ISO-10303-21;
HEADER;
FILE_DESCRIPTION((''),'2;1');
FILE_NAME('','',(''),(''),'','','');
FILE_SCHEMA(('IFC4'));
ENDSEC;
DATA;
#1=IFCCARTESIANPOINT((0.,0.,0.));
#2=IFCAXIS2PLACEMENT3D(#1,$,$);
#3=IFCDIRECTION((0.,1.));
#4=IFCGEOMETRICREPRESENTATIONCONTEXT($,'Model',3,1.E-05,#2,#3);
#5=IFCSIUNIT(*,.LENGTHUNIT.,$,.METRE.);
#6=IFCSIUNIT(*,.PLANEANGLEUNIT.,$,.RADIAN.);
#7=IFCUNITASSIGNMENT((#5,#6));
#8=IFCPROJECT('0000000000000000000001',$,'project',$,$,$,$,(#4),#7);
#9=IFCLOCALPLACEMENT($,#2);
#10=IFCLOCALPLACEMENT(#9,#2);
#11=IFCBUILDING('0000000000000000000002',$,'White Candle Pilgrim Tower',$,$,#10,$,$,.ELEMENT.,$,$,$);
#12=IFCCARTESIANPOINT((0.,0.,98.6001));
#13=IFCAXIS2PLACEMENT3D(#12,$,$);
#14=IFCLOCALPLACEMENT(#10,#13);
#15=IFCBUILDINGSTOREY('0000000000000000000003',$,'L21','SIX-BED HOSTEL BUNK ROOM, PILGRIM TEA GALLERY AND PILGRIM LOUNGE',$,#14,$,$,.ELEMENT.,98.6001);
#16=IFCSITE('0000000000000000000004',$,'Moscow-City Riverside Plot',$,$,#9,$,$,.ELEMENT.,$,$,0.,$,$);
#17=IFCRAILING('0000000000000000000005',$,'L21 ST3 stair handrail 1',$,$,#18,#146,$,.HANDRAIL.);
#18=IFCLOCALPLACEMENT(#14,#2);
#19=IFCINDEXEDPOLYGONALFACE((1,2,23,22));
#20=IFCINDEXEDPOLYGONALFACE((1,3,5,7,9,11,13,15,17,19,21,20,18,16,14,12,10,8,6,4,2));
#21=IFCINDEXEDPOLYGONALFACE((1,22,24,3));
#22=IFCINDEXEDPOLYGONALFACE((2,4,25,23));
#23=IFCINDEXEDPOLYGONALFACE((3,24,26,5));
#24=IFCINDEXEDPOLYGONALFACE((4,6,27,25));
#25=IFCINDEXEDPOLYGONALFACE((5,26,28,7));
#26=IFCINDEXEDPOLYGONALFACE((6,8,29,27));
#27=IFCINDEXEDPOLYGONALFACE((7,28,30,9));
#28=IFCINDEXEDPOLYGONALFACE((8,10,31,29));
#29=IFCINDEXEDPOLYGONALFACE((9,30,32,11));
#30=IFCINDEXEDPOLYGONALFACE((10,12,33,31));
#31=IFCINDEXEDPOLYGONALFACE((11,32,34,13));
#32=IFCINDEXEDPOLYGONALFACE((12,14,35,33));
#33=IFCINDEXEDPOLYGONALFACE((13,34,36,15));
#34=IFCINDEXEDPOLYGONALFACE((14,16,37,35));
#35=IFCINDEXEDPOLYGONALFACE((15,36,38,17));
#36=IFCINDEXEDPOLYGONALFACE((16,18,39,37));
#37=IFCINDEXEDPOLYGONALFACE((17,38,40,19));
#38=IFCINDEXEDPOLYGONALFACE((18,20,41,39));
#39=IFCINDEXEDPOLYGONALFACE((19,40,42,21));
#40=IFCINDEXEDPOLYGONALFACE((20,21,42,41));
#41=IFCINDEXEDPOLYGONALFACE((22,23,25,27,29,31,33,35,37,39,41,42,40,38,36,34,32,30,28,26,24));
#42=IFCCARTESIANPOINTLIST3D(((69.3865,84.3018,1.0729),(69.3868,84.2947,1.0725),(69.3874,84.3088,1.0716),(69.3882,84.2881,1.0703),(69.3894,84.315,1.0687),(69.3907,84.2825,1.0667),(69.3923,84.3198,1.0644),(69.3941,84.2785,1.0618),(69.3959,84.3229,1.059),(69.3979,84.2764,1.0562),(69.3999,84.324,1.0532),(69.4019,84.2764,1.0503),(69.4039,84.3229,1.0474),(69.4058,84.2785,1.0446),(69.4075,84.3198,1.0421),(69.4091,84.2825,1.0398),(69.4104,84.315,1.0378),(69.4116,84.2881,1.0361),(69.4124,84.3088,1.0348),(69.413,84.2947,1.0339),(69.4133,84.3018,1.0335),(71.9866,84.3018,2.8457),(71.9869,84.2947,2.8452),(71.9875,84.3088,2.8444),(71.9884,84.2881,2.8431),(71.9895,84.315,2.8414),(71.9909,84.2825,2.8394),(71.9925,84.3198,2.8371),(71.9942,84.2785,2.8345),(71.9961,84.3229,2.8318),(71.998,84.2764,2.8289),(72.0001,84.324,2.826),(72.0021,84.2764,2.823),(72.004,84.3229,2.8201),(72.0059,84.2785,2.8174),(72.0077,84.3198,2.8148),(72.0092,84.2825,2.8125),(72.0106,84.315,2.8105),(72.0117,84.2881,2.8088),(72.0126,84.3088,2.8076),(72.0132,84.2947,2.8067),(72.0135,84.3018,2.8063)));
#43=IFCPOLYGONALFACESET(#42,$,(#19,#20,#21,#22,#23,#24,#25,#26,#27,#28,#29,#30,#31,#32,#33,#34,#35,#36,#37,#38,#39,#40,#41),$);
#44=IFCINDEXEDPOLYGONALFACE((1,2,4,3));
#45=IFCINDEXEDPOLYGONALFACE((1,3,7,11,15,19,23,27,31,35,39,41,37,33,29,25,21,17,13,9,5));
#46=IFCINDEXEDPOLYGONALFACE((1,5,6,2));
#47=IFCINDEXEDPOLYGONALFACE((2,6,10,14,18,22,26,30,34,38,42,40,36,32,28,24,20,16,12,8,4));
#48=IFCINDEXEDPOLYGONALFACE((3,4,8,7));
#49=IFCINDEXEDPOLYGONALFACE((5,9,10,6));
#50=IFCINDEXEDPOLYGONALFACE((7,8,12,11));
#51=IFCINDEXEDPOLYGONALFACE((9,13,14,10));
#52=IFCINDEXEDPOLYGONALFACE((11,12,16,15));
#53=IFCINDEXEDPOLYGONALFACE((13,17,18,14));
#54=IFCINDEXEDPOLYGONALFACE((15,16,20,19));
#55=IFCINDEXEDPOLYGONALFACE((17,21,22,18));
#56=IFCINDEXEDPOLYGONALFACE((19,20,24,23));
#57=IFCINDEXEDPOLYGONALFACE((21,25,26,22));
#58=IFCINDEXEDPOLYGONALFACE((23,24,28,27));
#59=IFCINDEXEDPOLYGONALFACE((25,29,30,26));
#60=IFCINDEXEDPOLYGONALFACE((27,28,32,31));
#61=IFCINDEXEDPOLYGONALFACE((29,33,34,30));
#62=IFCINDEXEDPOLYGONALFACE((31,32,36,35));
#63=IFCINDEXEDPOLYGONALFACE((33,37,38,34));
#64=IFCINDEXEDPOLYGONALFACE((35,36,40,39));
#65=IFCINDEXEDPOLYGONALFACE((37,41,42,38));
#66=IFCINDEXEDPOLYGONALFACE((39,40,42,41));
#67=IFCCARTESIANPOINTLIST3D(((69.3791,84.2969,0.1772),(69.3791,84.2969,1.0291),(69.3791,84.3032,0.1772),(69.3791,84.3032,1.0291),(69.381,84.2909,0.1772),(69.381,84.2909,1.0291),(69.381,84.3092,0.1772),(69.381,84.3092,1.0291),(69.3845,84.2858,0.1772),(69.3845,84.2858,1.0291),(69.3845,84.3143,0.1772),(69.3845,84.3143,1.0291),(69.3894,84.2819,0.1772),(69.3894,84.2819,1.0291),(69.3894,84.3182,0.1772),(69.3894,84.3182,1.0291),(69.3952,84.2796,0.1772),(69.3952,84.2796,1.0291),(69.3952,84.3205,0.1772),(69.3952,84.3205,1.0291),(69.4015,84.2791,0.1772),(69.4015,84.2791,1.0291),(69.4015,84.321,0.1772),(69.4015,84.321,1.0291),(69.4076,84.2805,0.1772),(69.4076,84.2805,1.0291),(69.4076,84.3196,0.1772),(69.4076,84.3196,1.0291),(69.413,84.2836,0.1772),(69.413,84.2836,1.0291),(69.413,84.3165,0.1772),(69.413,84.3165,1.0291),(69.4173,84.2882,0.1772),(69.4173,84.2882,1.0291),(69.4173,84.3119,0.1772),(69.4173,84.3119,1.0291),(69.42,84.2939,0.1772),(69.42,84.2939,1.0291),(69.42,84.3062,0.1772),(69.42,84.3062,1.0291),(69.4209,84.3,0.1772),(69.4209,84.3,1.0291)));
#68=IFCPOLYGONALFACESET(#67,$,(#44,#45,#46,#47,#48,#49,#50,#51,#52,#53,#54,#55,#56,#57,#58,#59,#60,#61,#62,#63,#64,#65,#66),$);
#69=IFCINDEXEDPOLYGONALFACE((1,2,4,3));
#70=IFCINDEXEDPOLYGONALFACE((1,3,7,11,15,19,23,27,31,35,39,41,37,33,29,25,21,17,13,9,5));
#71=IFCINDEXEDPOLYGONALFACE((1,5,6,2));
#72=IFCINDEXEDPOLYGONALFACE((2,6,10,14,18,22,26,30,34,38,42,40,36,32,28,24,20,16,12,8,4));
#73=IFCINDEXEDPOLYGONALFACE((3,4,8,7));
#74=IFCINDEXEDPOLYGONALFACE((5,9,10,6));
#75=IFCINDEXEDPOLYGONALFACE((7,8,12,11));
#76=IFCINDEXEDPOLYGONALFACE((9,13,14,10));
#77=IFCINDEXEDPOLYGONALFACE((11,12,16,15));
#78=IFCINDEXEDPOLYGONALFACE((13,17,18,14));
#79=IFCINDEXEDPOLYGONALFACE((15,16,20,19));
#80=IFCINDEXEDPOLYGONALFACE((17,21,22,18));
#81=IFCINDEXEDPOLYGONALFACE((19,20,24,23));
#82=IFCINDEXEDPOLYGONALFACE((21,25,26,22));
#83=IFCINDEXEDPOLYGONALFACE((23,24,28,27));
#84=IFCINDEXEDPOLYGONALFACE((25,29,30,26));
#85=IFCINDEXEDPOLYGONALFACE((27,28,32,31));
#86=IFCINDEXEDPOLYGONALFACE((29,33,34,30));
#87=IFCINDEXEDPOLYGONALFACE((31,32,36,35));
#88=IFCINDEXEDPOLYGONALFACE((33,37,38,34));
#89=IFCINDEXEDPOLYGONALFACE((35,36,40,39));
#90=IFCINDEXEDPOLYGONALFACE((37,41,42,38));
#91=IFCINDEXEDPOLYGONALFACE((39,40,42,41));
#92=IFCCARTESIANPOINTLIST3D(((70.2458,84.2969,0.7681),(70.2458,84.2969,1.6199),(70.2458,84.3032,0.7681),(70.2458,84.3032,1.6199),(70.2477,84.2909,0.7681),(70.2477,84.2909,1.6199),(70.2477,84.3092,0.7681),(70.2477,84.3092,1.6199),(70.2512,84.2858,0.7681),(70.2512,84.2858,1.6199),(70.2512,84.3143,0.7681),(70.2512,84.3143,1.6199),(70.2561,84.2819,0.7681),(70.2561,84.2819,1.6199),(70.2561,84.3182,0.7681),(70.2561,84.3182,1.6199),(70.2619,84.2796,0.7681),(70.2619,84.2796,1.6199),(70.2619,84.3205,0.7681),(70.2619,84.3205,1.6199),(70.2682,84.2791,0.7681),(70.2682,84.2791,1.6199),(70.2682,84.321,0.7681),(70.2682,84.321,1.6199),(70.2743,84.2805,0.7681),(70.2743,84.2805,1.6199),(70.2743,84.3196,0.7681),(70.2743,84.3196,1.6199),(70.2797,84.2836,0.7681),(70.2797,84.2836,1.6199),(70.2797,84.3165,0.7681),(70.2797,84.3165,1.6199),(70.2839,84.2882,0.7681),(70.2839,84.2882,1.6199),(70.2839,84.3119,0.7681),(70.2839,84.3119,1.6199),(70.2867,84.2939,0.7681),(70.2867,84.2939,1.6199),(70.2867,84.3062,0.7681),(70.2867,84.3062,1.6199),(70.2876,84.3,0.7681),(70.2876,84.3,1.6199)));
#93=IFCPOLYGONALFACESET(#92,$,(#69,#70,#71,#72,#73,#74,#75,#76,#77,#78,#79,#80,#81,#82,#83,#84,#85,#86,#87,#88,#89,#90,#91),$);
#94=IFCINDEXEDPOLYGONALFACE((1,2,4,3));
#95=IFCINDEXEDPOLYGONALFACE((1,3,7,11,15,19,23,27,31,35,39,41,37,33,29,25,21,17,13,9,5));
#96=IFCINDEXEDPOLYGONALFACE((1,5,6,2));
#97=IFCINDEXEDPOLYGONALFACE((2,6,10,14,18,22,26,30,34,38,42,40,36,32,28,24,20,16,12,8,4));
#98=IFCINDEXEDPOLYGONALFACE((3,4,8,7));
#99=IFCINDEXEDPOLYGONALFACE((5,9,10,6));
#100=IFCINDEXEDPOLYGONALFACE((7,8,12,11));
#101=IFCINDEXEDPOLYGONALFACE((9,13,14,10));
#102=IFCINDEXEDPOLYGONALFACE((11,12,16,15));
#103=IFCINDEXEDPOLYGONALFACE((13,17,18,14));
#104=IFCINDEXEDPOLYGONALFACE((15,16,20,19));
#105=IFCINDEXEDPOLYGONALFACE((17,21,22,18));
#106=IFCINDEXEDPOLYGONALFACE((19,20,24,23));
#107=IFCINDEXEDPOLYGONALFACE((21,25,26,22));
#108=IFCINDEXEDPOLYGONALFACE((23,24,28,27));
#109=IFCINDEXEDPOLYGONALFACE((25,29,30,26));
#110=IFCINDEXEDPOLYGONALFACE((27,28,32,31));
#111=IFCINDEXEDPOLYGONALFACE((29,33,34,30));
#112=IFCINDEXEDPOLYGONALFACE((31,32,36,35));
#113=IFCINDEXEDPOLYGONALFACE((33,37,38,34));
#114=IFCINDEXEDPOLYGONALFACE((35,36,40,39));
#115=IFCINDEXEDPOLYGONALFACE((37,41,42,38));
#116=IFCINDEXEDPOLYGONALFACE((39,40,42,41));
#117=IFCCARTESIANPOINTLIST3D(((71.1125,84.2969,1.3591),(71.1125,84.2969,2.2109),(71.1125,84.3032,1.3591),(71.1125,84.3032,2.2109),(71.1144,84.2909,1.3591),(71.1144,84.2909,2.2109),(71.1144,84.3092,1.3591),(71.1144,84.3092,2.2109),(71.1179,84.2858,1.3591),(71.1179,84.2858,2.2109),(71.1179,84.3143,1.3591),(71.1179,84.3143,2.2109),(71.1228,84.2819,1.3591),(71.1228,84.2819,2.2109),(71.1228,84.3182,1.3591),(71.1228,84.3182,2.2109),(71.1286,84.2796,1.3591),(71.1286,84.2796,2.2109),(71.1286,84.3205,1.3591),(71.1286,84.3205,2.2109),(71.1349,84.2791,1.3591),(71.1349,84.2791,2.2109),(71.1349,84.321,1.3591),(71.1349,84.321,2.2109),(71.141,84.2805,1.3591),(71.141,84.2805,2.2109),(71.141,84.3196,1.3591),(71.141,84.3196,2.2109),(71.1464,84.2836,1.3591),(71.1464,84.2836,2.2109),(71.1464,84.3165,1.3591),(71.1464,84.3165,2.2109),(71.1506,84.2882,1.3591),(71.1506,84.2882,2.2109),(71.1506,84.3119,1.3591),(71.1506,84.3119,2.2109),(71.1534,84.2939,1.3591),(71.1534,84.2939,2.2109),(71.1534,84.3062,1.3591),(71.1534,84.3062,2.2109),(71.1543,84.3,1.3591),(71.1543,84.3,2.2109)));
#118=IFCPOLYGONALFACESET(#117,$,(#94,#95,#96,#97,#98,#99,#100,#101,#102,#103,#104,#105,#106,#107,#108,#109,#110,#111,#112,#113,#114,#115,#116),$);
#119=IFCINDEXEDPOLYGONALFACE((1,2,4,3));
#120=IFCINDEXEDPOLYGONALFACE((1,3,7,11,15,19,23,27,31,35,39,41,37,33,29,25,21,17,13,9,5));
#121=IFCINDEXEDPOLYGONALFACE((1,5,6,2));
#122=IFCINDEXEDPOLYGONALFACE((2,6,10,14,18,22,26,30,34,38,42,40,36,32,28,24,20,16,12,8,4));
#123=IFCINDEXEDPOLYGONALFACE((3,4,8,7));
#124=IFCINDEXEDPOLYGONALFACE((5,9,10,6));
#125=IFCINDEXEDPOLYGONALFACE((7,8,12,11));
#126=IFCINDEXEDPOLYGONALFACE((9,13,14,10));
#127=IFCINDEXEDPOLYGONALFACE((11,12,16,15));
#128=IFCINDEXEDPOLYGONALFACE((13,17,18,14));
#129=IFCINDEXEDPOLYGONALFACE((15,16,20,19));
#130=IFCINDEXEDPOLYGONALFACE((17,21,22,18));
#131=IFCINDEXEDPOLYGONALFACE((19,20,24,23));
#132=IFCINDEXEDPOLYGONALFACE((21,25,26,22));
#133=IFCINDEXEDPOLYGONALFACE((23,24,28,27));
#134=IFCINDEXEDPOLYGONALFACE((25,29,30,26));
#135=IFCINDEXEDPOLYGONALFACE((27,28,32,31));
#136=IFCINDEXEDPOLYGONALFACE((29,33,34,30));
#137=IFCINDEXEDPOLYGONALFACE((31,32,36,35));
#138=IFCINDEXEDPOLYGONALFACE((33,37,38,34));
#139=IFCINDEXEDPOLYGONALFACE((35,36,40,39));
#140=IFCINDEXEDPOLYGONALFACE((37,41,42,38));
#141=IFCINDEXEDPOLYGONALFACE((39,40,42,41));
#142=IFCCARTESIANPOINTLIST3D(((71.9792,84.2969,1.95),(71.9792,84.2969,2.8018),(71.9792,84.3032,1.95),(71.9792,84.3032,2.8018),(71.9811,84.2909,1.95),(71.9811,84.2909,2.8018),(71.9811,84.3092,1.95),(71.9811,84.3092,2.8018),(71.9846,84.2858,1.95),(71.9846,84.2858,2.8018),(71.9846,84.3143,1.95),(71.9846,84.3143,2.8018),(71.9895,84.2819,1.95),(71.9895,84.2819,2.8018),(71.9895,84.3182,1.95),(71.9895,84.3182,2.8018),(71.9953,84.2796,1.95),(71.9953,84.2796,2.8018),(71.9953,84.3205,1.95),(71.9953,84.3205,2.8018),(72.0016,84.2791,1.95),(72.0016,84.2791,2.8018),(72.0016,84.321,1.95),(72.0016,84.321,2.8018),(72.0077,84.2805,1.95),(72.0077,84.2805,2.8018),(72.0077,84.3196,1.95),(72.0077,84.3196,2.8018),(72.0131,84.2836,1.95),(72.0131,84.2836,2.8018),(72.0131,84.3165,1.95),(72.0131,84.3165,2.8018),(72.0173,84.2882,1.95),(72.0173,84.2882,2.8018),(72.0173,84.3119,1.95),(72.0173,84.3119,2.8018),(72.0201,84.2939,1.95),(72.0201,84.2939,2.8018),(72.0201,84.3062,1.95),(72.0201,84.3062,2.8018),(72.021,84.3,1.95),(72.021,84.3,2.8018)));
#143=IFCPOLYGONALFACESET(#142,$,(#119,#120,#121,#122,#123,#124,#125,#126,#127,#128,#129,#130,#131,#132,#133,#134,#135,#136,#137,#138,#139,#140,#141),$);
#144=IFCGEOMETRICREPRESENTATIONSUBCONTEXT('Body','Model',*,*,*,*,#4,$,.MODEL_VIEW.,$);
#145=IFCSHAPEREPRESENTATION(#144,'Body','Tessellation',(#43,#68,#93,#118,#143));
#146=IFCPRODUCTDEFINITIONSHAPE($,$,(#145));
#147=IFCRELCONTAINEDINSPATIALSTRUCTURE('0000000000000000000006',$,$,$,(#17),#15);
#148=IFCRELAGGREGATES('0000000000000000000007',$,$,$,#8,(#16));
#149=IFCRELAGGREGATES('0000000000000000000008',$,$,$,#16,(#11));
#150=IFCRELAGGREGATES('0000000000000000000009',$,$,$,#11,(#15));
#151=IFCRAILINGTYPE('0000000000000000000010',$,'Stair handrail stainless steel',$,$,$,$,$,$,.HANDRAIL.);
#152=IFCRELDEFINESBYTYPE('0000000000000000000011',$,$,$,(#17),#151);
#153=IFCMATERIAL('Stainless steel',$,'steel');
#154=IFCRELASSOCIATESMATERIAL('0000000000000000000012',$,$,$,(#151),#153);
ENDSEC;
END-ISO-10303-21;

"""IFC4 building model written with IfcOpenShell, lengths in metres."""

from ifc_helpers import new_model, si_unit, direction, frame, origin, origin_2d, place, context, subcontext, project, spatial, circle, extrude, material, type_object, element, save


model = new_model("IFC4")

# Units and contexts
model_context = context("Model", 3, precision=1e-05, world=origin(), true_north=direction((0.0, 1.0)))
body_context = subcontext(model_context, "Body", "Model", "MODEL_VIEW")
ifc_project = project(units=[si_unit("LENGTHUNIT", "METRE"), si_unit("PLANEANGLEUNIT", "RADIAN")], contexts=[model_context])

# Site, building, storey
site_placement = place(None, origin())
site = spatial("IfcSite", under=ifc_project, at=site_placement, Name="Moscow-City Riverside Plot", CompositionType="ELEMENT", RefElevation=0.0)
building_placement = place(site_placement, origin())
building = spatial("IfcBuilding", under=site, at=building_placement, Name="White Candle Pilgrim Tower", CompositionType="ELEMENT")
storey_placement = place(building_placement, frame((0.0, 0.0, 98.6001)))
storey = spatial("IfcBuildingStorey", under=building, at=storey_placement, Name="L21", Description="SIX-BED HOSTEL BUNK ROOM, PILGRIM TEA GALLERY AND PILGRIM LOUNGE", CompositionType="ELEMENT", Elevation=98.6001)

# Railing
ifc_material_1 = material(Name="Stainless steel", Category="steel")
railing_type_1 = type_object("IfcRailingType", Name="Stair handrail stainless steel", PredefinedType="HANDRAIL", material=ifc_material_1)
railing_1_placement = place(storey_placement, frame((69.3999, 84.3, 0.1772)))
element("IfcRailing", 1, at=railing_1_placement, inside=storey, type_object=railing_type_1, Name="L21 ST3 stair handrail 1", PredefinedType="HANDRAIL", context=body_context, shape_type="SweptSolid", body=[
    extrude(circle(Radius=0.0239, at=origin_2d()), frame((0.0, 0.0, 0.876), z_axis=(0.82624, 0.0, 0.563318), x_axis=(0.0, 1.0, 0.0)), (0.0, 0.0, 1.0), 3.147),
    extrude(circle(Radius=0.021, at=origin_2d()), origin(), (0.0, 0.0, 1.0), 0.8518),
    extrude(circle(Radius=0.021, at=origin_2d()), frame((0.8667, 0.0, 0.5908)), (0.0, 0.0, 1.0), 0.8518),
    extrude(circle(Radius=0.021, at=origin_2d()), frame((1.7334, 0.0, 1.1819)), (0.0, 0.0, 1.0), 0.8518),
    extrude(circle(Radius=0.021, at=origin_2d()), frame((2.6001, 0.0, 1.7727)), (0.0, 0.0, 1.0), 0.8518),
])

save(model, "model.ifc")
